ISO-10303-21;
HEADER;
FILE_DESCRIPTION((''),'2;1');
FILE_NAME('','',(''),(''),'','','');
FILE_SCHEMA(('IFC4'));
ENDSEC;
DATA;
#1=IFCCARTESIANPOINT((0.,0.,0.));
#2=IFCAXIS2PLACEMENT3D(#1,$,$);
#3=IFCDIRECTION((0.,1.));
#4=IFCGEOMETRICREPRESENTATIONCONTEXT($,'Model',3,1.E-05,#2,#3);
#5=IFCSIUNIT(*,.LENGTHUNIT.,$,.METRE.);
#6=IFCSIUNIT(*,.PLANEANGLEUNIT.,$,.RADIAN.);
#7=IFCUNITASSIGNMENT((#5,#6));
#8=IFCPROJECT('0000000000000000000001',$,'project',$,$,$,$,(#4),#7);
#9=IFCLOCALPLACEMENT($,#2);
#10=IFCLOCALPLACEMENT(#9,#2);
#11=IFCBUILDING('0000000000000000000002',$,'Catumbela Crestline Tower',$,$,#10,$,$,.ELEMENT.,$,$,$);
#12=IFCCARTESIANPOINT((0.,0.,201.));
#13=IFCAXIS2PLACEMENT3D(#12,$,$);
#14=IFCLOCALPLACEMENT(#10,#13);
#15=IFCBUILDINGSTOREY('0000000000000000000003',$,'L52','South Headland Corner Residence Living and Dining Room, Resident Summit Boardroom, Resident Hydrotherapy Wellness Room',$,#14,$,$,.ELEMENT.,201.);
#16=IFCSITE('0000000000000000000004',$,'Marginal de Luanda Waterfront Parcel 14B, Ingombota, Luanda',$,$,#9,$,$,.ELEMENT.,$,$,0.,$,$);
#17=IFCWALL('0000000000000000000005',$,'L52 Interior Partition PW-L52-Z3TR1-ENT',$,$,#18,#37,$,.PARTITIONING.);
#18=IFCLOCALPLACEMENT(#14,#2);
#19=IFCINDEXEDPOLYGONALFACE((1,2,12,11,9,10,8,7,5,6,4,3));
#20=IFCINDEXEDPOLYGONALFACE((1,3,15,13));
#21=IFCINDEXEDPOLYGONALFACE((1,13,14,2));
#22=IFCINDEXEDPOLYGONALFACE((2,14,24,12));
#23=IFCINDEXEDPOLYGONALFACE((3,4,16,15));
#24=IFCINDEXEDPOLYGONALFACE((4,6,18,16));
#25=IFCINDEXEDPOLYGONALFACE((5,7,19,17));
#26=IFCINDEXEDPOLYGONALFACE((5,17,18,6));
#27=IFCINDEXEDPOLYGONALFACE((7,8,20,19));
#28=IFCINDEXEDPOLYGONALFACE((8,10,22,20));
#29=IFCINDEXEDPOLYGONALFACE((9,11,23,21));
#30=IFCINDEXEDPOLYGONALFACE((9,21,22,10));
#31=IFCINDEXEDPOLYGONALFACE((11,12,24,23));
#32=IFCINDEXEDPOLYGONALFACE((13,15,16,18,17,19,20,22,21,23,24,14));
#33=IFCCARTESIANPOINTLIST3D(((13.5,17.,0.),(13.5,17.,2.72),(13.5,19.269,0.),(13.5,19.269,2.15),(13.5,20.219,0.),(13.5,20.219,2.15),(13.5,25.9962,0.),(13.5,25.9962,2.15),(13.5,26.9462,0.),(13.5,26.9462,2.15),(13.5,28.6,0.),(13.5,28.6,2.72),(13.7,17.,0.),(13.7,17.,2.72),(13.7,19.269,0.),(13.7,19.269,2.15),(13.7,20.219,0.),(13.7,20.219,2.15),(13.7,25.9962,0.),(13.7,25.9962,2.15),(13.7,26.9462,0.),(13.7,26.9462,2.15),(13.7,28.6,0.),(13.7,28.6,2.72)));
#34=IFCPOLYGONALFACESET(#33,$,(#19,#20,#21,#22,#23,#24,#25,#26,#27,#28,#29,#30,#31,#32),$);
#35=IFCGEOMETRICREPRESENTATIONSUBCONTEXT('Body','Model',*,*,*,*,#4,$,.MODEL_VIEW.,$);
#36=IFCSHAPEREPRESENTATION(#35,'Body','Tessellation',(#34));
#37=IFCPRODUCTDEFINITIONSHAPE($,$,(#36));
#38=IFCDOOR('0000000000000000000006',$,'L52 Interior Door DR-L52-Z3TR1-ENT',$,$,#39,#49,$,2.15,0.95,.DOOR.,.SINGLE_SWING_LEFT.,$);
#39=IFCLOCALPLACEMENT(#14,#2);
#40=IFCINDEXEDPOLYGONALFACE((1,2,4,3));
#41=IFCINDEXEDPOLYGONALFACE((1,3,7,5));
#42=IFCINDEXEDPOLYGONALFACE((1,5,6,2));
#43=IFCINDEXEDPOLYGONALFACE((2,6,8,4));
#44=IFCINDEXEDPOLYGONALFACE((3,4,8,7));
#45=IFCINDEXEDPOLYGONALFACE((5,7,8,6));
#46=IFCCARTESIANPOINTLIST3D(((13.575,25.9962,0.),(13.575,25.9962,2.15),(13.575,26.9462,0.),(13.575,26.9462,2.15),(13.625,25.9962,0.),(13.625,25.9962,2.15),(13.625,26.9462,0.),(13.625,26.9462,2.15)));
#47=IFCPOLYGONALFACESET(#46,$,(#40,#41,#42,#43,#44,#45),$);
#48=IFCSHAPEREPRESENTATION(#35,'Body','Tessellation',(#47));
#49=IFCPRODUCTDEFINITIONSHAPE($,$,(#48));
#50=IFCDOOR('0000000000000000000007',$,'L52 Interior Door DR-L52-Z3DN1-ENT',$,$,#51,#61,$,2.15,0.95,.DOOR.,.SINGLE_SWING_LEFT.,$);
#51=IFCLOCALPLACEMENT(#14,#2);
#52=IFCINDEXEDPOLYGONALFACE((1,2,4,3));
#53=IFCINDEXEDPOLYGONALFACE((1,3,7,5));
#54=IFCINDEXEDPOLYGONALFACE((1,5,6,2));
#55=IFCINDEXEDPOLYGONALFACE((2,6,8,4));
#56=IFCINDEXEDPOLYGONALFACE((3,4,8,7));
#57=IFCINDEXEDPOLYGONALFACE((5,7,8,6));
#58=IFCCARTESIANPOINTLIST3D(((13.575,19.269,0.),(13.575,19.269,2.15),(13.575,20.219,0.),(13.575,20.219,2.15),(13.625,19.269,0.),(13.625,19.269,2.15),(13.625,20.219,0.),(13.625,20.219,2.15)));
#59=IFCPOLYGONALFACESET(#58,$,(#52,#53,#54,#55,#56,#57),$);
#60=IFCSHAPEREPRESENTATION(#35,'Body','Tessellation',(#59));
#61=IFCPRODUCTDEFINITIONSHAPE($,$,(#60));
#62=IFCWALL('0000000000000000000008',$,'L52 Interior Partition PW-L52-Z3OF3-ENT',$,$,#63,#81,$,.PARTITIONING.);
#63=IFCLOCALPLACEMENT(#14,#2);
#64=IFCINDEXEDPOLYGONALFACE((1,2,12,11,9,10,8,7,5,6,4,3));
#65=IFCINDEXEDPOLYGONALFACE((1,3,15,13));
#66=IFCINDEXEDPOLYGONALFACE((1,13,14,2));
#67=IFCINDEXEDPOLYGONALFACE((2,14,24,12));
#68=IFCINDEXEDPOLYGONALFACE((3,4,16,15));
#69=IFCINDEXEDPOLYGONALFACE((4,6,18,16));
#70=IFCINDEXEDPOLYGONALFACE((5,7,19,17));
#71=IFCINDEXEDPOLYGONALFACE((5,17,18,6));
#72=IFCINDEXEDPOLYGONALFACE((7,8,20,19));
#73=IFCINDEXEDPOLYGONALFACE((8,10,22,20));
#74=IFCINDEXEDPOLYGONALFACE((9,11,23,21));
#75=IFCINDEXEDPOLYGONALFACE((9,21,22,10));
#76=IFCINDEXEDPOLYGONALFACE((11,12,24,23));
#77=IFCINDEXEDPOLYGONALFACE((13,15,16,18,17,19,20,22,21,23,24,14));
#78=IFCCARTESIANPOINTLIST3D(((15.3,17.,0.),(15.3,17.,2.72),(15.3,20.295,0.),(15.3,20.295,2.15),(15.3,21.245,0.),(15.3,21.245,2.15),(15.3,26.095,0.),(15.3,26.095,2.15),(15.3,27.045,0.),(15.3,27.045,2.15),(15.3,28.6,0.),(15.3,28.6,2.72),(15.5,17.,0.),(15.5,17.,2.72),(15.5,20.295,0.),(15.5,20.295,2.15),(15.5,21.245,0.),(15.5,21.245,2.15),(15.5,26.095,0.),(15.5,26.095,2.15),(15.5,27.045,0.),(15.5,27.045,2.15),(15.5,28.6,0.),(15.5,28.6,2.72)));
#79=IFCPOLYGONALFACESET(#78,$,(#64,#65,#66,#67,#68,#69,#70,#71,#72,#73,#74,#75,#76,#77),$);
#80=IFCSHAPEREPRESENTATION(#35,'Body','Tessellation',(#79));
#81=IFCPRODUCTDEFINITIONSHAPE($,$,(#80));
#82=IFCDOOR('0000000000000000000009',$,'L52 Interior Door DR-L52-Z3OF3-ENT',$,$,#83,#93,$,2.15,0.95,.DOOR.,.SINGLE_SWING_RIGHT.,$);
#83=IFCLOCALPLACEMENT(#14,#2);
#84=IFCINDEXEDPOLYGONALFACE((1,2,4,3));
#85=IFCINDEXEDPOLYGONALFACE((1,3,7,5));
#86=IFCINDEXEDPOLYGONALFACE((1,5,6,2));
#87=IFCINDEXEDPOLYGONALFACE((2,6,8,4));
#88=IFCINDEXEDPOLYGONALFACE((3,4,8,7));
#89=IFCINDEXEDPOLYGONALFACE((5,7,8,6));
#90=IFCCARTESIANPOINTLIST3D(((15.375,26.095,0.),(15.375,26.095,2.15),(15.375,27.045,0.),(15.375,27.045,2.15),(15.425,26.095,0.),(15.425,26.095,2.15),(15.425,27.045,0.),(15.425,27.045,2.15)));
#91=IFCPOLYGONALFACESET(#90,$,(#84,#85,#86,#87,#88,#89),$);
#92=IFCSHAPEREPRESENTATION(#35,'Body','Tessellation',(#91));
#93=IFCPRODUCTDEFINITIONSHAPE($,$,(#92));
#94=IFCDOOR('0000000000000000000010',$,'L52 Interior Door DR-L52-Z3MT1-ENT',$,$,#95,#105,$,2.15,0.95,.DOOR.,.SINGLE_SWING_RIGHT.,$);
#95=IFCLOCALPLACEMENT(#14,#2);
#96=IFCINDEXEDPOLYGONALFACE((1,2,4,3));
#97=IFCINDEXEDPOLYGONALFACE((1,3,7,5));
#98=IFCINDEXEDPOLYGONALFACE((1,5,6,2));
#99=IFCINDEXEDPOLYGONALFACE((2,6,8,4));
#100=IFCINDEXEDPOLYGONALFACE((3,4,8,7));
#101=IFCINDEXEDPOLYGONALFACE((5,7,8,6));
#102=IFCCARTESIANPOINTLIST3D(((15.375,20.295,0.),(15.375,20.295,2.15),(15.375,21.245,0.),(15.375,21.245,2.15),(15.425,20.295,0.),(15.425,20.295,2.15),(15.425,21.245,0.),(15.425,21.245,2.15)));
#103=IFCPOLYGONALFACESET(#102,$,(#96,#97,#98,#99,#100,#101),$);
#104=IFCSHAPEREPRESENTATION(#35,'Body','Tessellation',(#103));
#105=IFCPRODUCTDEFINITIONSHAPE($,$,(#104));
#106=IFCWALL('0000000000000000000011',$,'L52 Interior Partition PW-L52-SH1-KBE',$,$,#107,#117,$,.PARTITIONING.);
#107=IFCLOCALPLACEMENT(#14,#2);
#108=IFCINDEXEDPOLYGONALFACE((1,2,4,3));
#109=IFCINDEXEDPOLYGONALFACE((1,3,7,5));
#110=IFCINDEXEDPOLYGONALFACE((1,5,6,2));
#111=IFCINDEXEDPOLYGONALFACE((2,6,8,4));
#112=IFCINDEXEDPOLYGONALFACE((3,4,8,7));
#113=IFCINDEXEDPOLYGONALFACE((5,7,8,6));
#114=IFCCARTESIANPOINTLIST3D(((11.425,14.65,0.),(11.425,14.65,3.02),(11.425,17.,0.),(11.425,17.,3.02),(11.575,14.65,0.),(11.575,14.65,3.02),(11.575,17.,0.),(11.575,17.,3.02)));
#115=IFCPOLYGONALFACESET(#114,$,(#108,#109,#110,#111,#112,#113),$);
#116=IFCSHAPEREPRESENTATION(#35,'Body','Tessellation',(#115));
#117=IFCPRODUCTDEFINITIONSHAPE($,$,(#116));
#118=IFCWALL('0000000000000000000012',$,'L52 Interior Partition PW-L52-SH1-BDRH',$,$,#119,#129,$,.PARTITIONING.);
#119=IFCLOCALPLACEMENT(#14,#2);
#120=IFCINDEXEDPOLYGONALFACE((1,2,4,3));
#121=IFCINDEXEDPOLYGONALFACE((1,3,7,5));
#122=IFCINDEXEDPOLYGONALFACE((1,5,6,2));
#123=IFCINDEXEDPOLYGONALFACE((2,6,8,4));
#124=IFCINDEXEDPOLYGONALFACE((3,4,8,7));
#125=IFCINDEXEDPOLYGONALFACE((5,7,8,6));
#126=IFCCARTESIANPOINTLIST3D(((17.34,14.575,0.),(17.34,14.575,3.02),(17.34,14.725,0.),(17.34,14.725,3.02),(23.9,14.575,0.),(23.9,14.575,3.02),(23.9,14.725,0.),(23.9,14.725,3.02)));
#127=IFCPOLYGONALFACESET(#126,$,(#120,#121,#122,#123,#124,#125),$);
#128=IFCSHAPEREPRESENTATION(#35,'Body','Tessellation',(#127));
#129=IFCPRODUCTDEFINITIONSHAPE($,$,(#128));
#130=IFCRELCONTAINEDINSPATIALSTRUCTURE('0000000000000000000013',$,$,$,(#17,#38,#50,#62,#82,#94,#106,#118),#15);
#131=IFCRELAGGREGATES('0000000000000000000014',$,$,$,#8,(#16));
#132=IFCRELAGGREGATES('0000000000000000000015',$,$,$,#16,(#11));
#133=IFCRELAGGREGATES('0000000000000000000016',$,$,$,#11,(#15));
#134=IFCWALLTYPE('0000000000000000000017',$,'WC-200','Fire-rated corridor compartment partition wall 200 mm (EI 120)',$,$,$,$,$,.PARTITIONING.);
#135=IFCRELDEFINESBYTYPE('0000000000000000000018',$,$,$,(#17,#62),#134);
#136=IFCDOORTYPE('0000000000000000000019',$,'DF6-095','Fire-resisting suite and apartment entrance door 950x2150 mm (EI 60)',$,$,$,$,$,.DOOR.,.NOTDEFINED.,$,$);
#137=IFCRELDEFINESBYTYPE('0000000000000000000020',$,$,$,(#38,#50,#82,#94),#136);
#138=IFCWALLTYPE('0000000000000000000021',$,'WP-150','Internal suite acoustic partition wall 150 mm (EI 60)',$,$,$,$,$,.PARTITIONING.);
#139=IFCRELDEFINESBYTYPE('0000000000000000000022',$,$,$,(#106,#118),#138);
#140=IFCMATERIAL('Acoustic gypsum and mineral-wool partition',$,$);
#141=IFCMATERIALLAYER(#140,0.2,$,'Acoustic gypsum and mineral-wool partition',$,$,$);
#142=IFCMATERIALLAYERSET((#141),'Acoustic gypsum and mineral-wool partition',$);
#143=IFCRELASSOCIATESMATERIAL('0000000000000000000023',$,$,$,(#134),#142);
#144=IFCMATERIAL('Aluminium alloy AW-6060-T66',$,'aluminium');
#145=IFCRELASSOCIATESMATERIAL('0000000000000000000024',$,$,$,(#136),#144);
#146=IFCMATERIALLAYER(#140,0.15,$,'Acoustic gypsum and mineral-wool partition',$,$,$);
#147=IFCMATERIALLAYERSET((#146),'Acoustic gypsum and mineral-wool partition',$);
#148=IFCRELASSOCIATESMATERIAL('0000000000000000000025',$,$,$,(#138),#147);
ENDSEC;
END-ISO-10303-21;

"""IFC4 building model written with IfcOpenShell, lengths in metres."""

from ifc_helpers import new_model, si_unit, direction, frame, frame_2d, origin, place, context, subcontext, project, spatial, rectangle, extrude, material, layer, layer_set, type_object, element, fill, save


model = new_model("IFC4")

# Units and contexts
model_context = context("Model", 3, precision=1e-05, world=origin(), true_north=direction((0.0, 1.0)))
body_context = subcontext(model_context, "Body", "Model", "MODEL_VIEW")
ifc_project = project(units=[si_unit("LENGTHUNIT", "METRE"), si_unit("PLANEANGLEUNIT", "RADIAN")], contexts=[model_context])

# Site, building, storey
site_placement = place(None, origin())
site = spatial("IfcSite", under=ifc_project, at=site_placement, Name="Marginal de Luanda Waterfront Parcel 14B, Ingombota, Luanda", CompositionType="ELEMENT", RefElevation=0.0)
building_placement = place(site_placement, origin())
building = spatial("IfcBuilding", under=site, at=building_placement, Name="Catumbela Crestline Tower", CompositionType="ELEMENT")
storey_placement = place(building_placement, frame((0.0, 0.0, 201.0)))
storey = spatial("IfcBuildingStorey", under=building, at=storey_placement, Name="L52", Description="South Headland Corner Residence Living and Dining Room, Resident Summit Boardroom, Resident Hydrotherapy Wellness Room", CompositionType="ELEMENT", Elevation=201.0)

# Walls, openings, doors
ifc_material_1 = material(Name="Acoustic gypsum and mineral-wool partition")
ifc_layer_1 = layer(ifc_material_1, 0.2, Name="Acoustic gypsum and mineral-wool partition")
ifc_layer_set_1 = layer_set([ifc_layer_1], Name="Acoustic gypsum and mineral-wool partition")
wall_type_1 = type_object("IfcWallType", Name="WC-200", Description="Fire-rated corridor compartment partition wall 200 mm (EI 120)", PredefinedType="PARTITIONING", material=ifc_layer_set_1)
wall_1_placement = place(storey_placement, frame((13.6, 17.0, 0.0), z_axis=(0.0, 0.0, 1.0), x_axis=(0.0, 1.0, 0.0)))
wall_1 = element("IfcWall", 1, at=wall_1_placement, inside=storey, type_object=wall_type_1, Name="L52 Interior Partition PW-L52-Z3TR1-ENT", PredefinedType="PARTITIONING", context=body_context, shape_type="SweptSolid", body=[
    extrude(rectangle(XDim=11.6, YDim=0.2, at=frame_2d((5.8, 0.0))), origin(), (0.0, 0.0, 1.0), 2.72),
])
opening_1_placement = place(wall_1_placement, frame((8.9962, 0.0, 0.0)))
opening_1 = element("IfcOpeningElement", 2, at=opening_1_placement, cuts=wall_1, PredefinedType="OPENING", context=body_context, shape_type="SweptSolid", body=[
    extrude(rectangle(XDim=0.95, YDim=2.15, at=frame_2d((0.475, 1.075))), frame((0.0, 0.11, 0.0), z_axis=(0.0, -1.0, 0.0), x_axis=(1.0, 0.0, 0.0)), (0.0, 0.0, 1.0), 0.22),
])
opening_2_placement = place(wall_1_placement, frame((2.269, 0.0, 0.0)))
opening_2 = element("IfcOpeningElement", 3, at=opening_2_placement, cuts=wall_1, PredefinedType="OPENING", context=body_context, shape_type="SweptSolid", body=[
    extrude(rectangle(XDim=0.95, YDim=2.15, at=frame_2d((0.475, 1.075))), frame((0.0, 0.11, 0.0), z_axis=(0.0, -1.0, 0.0), x_axis=(1.0, 0.0, 0.0)), (0.0, 0.0, 1.0), 0.22),
])
ifc_material_2 = material(Name="Aluminium alloy AW-6060-T66", Category="aluminium")
door_type = type_object("IfcDoorType", Name="DF6-095", Description="Fire-resisting suite and apartment entrance door 950x2150 mm (EI 60)", OperationType="NOTDEFINED", PredefinedType="DOOR", material=ifc_material_2)
door_1_placement = place(opening_1_placement, origin())
door_1 = element("IfcDoor", 4, at=door_1_placement, inside=storey, type_object=door_type, Name="L52 Interior Door DR-L52-Z3TR1-ENT", OperationType="SINGLE_SWING_LEFT", OverallHeight=2.15, OverallWidth=0.95, PredefinedType="DOOR", context=body_context, shape_type="SweptSolid", body=[
    extrude(rectangle(XDim=0.95, YDim=2.15, at=frame_2d((0.475, 1.075))), frame((0.0, 0.025, 0.0), z_axis=(0.0, -1.0, 0.0), x_axis=(1.0, 0.0, 0.0)), (0.0, 0.0, 1.0), 0.05),
])
fill(opening_1, door_1)
door_2_placement = place(opening_2_placement, origin())
door_2 = element("IfcDoor", 5, at=door_2_placement, inside=storey, type_object=door_type, Name="L52 Interior Door DR-L52-Z3DN1-ENT", OperationType="SINGLE_SWING_LEFT", OverallHeight=2.15, OverallWidth=0.95, PredefinedType="DOOR", context=body_context, shape_type="SweptSolid", body=[
    extrude(rectangle(XDim=0.95, YDim=2.15, at=frame_2d((0.475, 1.075))), frame((0.0, 0.025, 0.0), z_axis=(0.0, -1.0, 0.0), x_axis=(1.0, 0.0, 0.0)), (0.0, 0.0, 1.0), 0.05),
])
fill(opening_2, door_2)
wall_2_placement = place(storey_placement, frame((15.4, 17.0, 0.0), z_axis=(0.0, 0.0, 1.0), x_axis=(0.0, 1.0, 0.0)))
wall_2 = element("IfcWall", 6, at=wall_2_placement, inside=storey, type_object=wall_type_1, Name="L52 Interior Partition PW-L52-Z3OF3-ENT", PredefinedType="PARTITIONING", context=body_context, shape_type="SweptSolid", body=[
    extrude(rectangle(XDim=11.6, YDim=0.2, at=frame_2d((5.8, 0.0))), origin(), (0.0, 0.0, 1.0), 2.72),
])
opening_3_placement = place(wall_2_placement, frame((9.095, 0.0, 0.0)))
opening_3 = element("IfcOpeningElement", 7, at=opening_3_placement, cuts=wall_2, PredefinedType="OPENING", context=body_context, shape_type="SweptSolid", body=[
    extrude(rectangle(XDim=0.95, YDim=2.15, at=frame_2d((0.475, 1.075))), frame((0.0, 0.11, 0.0), z_axis=(0.0, -1.0, 0.0), x_axis=(1.0, 0.0, 0.0)), (0.0, 0.0, 1.0), 0.22),
])
opening_4_placement = place(wall_2_placement, frame((3.295, 0.0, 0.0)))
opening_4 = element("IfcOpeningElement", 8, at=opening_4_placement, cuts=wall_2, PredefinedType="OPENING", context=body_context, shape_type="SweptSolid", body=[
    extrude(rectangle(XDim=0.95, YDim=2.15, at=frame_2d((0.475, 1.075))), frame((0.0, 0.11, 0.0), z_axis=(0.0, -1.0, 0.0), x_axis=(1.0, 0.0, 0.0)), (0.0, 0.0, 1.0), 0.22),
])
door_3_placement = place(opening_3_placement, origin())
door_3 = element("IfcDoor", 9, at=door_3_placement, inside=storey, type_object=door_type, Name="L52 Interior Door DR-L52-Z3OF3-ENT", OperationType="SINGLE_SWING_RIGHT", OverallHeight=2.15, OverallWidth=0.95, PredefinedType="DOOR", context=body_context, shape_type="SweptSolid", body=[
    extrude(rectangle(XDim=0.95, YDim=2.15, at=frame_2d((0.475, 1.075))), frame((0.0, 0.025, 0.0), z_axis=(0.0, -1.0, 0.0), x_axis=(1.0, 0.0, 0.0)), (0.0, 0.0, 1.0), 0.05),
])
fill(opening_3, door_3)
door_4_placement = place(opening_4_placement, origin())
door_4 = element("IfcDoor", 10, at=door_4_placement, inside=storey, type_object=door_type, Name="L52 Interior Door DR-L52-Z3MT1-ENT", OperationType="SINGLE_SWING_RIGHT", OverallHeight=2.15, OverallWidth=0.95, PredefinedType="DOOR", context=body_context, shape_type="SweptSolid", body=[
    extrude(rectangle(XDim=0.95, YDim=2.15, at=frame_2d((0.475, 1.075))), frame((0.0, 0.025, 0.0), z_axis=(0.0, -1.0, 0.0), x_axis=(1.0, 0.0, 0.0)), (0.0, 0.0, 1.0), 0.05),
])
fill(opening_4, door_4)

# Walls
ifc_layer_2 = layer(ifc_material_1, 0.15, Name="Acoustic gypsum and mineral-wool partition")
ifc_layer_set_2 = layer_set([ifc_layer_2], Name="Acoustic gypsum and mineral-wool partition")
wall_type_2 = type_object("IfcWallType", Name="WP-150", Description="Internal suite acoustic partition wall 150 mm (EI 60)", PredefinedType="PARTITIONING", material=ifc_layer_set_2)
wall_3_placement = place(storey_placement, frame((11.5, 14.65, 0.0), z_axis=(0.0, 0.0, 1.0), x_axis=(0.0, 1.0, 0.0)))
element("IfcWall", 11, at=wall_3_placement, inside=storey, type_object=wall_type_2, Name="L52 Interior Partition PW-L52-SH1-KBE", PredefinedType="PARTITIONING", context=body_context, shape_type="SweptSolid", body=[
    extrude(rectangle(XDim=2.35, YDim=0.15, at=frame_2d((1.175, 0.0))), origin(), (0.0, 0.0, 1.0), 3.02),
])
wall_4_placement = place(storey_placement, frame((17.34, 14.65, 0.0), z_axis=(0.0, 0.0, 1.0), x_axis=(1.0, 0.0, 0.0)))
element("IfcWall", 12, at=wall_4_placement, inside=storey, type_object=wall_type_2, Name="L52 Interior Partition PW-L52-SH1-BDRH", PredefinedType="PARTITIONING", context=body_context, shape_type="SweptSolid", body=[
    extrude(rectangle(XDim=6.56, YDim=0.15, at=frame_2d((3.28, 0.0))), origin(), (0.0, 0.0, 1.0), 3.02),
])

save(model, "model.ifc")
